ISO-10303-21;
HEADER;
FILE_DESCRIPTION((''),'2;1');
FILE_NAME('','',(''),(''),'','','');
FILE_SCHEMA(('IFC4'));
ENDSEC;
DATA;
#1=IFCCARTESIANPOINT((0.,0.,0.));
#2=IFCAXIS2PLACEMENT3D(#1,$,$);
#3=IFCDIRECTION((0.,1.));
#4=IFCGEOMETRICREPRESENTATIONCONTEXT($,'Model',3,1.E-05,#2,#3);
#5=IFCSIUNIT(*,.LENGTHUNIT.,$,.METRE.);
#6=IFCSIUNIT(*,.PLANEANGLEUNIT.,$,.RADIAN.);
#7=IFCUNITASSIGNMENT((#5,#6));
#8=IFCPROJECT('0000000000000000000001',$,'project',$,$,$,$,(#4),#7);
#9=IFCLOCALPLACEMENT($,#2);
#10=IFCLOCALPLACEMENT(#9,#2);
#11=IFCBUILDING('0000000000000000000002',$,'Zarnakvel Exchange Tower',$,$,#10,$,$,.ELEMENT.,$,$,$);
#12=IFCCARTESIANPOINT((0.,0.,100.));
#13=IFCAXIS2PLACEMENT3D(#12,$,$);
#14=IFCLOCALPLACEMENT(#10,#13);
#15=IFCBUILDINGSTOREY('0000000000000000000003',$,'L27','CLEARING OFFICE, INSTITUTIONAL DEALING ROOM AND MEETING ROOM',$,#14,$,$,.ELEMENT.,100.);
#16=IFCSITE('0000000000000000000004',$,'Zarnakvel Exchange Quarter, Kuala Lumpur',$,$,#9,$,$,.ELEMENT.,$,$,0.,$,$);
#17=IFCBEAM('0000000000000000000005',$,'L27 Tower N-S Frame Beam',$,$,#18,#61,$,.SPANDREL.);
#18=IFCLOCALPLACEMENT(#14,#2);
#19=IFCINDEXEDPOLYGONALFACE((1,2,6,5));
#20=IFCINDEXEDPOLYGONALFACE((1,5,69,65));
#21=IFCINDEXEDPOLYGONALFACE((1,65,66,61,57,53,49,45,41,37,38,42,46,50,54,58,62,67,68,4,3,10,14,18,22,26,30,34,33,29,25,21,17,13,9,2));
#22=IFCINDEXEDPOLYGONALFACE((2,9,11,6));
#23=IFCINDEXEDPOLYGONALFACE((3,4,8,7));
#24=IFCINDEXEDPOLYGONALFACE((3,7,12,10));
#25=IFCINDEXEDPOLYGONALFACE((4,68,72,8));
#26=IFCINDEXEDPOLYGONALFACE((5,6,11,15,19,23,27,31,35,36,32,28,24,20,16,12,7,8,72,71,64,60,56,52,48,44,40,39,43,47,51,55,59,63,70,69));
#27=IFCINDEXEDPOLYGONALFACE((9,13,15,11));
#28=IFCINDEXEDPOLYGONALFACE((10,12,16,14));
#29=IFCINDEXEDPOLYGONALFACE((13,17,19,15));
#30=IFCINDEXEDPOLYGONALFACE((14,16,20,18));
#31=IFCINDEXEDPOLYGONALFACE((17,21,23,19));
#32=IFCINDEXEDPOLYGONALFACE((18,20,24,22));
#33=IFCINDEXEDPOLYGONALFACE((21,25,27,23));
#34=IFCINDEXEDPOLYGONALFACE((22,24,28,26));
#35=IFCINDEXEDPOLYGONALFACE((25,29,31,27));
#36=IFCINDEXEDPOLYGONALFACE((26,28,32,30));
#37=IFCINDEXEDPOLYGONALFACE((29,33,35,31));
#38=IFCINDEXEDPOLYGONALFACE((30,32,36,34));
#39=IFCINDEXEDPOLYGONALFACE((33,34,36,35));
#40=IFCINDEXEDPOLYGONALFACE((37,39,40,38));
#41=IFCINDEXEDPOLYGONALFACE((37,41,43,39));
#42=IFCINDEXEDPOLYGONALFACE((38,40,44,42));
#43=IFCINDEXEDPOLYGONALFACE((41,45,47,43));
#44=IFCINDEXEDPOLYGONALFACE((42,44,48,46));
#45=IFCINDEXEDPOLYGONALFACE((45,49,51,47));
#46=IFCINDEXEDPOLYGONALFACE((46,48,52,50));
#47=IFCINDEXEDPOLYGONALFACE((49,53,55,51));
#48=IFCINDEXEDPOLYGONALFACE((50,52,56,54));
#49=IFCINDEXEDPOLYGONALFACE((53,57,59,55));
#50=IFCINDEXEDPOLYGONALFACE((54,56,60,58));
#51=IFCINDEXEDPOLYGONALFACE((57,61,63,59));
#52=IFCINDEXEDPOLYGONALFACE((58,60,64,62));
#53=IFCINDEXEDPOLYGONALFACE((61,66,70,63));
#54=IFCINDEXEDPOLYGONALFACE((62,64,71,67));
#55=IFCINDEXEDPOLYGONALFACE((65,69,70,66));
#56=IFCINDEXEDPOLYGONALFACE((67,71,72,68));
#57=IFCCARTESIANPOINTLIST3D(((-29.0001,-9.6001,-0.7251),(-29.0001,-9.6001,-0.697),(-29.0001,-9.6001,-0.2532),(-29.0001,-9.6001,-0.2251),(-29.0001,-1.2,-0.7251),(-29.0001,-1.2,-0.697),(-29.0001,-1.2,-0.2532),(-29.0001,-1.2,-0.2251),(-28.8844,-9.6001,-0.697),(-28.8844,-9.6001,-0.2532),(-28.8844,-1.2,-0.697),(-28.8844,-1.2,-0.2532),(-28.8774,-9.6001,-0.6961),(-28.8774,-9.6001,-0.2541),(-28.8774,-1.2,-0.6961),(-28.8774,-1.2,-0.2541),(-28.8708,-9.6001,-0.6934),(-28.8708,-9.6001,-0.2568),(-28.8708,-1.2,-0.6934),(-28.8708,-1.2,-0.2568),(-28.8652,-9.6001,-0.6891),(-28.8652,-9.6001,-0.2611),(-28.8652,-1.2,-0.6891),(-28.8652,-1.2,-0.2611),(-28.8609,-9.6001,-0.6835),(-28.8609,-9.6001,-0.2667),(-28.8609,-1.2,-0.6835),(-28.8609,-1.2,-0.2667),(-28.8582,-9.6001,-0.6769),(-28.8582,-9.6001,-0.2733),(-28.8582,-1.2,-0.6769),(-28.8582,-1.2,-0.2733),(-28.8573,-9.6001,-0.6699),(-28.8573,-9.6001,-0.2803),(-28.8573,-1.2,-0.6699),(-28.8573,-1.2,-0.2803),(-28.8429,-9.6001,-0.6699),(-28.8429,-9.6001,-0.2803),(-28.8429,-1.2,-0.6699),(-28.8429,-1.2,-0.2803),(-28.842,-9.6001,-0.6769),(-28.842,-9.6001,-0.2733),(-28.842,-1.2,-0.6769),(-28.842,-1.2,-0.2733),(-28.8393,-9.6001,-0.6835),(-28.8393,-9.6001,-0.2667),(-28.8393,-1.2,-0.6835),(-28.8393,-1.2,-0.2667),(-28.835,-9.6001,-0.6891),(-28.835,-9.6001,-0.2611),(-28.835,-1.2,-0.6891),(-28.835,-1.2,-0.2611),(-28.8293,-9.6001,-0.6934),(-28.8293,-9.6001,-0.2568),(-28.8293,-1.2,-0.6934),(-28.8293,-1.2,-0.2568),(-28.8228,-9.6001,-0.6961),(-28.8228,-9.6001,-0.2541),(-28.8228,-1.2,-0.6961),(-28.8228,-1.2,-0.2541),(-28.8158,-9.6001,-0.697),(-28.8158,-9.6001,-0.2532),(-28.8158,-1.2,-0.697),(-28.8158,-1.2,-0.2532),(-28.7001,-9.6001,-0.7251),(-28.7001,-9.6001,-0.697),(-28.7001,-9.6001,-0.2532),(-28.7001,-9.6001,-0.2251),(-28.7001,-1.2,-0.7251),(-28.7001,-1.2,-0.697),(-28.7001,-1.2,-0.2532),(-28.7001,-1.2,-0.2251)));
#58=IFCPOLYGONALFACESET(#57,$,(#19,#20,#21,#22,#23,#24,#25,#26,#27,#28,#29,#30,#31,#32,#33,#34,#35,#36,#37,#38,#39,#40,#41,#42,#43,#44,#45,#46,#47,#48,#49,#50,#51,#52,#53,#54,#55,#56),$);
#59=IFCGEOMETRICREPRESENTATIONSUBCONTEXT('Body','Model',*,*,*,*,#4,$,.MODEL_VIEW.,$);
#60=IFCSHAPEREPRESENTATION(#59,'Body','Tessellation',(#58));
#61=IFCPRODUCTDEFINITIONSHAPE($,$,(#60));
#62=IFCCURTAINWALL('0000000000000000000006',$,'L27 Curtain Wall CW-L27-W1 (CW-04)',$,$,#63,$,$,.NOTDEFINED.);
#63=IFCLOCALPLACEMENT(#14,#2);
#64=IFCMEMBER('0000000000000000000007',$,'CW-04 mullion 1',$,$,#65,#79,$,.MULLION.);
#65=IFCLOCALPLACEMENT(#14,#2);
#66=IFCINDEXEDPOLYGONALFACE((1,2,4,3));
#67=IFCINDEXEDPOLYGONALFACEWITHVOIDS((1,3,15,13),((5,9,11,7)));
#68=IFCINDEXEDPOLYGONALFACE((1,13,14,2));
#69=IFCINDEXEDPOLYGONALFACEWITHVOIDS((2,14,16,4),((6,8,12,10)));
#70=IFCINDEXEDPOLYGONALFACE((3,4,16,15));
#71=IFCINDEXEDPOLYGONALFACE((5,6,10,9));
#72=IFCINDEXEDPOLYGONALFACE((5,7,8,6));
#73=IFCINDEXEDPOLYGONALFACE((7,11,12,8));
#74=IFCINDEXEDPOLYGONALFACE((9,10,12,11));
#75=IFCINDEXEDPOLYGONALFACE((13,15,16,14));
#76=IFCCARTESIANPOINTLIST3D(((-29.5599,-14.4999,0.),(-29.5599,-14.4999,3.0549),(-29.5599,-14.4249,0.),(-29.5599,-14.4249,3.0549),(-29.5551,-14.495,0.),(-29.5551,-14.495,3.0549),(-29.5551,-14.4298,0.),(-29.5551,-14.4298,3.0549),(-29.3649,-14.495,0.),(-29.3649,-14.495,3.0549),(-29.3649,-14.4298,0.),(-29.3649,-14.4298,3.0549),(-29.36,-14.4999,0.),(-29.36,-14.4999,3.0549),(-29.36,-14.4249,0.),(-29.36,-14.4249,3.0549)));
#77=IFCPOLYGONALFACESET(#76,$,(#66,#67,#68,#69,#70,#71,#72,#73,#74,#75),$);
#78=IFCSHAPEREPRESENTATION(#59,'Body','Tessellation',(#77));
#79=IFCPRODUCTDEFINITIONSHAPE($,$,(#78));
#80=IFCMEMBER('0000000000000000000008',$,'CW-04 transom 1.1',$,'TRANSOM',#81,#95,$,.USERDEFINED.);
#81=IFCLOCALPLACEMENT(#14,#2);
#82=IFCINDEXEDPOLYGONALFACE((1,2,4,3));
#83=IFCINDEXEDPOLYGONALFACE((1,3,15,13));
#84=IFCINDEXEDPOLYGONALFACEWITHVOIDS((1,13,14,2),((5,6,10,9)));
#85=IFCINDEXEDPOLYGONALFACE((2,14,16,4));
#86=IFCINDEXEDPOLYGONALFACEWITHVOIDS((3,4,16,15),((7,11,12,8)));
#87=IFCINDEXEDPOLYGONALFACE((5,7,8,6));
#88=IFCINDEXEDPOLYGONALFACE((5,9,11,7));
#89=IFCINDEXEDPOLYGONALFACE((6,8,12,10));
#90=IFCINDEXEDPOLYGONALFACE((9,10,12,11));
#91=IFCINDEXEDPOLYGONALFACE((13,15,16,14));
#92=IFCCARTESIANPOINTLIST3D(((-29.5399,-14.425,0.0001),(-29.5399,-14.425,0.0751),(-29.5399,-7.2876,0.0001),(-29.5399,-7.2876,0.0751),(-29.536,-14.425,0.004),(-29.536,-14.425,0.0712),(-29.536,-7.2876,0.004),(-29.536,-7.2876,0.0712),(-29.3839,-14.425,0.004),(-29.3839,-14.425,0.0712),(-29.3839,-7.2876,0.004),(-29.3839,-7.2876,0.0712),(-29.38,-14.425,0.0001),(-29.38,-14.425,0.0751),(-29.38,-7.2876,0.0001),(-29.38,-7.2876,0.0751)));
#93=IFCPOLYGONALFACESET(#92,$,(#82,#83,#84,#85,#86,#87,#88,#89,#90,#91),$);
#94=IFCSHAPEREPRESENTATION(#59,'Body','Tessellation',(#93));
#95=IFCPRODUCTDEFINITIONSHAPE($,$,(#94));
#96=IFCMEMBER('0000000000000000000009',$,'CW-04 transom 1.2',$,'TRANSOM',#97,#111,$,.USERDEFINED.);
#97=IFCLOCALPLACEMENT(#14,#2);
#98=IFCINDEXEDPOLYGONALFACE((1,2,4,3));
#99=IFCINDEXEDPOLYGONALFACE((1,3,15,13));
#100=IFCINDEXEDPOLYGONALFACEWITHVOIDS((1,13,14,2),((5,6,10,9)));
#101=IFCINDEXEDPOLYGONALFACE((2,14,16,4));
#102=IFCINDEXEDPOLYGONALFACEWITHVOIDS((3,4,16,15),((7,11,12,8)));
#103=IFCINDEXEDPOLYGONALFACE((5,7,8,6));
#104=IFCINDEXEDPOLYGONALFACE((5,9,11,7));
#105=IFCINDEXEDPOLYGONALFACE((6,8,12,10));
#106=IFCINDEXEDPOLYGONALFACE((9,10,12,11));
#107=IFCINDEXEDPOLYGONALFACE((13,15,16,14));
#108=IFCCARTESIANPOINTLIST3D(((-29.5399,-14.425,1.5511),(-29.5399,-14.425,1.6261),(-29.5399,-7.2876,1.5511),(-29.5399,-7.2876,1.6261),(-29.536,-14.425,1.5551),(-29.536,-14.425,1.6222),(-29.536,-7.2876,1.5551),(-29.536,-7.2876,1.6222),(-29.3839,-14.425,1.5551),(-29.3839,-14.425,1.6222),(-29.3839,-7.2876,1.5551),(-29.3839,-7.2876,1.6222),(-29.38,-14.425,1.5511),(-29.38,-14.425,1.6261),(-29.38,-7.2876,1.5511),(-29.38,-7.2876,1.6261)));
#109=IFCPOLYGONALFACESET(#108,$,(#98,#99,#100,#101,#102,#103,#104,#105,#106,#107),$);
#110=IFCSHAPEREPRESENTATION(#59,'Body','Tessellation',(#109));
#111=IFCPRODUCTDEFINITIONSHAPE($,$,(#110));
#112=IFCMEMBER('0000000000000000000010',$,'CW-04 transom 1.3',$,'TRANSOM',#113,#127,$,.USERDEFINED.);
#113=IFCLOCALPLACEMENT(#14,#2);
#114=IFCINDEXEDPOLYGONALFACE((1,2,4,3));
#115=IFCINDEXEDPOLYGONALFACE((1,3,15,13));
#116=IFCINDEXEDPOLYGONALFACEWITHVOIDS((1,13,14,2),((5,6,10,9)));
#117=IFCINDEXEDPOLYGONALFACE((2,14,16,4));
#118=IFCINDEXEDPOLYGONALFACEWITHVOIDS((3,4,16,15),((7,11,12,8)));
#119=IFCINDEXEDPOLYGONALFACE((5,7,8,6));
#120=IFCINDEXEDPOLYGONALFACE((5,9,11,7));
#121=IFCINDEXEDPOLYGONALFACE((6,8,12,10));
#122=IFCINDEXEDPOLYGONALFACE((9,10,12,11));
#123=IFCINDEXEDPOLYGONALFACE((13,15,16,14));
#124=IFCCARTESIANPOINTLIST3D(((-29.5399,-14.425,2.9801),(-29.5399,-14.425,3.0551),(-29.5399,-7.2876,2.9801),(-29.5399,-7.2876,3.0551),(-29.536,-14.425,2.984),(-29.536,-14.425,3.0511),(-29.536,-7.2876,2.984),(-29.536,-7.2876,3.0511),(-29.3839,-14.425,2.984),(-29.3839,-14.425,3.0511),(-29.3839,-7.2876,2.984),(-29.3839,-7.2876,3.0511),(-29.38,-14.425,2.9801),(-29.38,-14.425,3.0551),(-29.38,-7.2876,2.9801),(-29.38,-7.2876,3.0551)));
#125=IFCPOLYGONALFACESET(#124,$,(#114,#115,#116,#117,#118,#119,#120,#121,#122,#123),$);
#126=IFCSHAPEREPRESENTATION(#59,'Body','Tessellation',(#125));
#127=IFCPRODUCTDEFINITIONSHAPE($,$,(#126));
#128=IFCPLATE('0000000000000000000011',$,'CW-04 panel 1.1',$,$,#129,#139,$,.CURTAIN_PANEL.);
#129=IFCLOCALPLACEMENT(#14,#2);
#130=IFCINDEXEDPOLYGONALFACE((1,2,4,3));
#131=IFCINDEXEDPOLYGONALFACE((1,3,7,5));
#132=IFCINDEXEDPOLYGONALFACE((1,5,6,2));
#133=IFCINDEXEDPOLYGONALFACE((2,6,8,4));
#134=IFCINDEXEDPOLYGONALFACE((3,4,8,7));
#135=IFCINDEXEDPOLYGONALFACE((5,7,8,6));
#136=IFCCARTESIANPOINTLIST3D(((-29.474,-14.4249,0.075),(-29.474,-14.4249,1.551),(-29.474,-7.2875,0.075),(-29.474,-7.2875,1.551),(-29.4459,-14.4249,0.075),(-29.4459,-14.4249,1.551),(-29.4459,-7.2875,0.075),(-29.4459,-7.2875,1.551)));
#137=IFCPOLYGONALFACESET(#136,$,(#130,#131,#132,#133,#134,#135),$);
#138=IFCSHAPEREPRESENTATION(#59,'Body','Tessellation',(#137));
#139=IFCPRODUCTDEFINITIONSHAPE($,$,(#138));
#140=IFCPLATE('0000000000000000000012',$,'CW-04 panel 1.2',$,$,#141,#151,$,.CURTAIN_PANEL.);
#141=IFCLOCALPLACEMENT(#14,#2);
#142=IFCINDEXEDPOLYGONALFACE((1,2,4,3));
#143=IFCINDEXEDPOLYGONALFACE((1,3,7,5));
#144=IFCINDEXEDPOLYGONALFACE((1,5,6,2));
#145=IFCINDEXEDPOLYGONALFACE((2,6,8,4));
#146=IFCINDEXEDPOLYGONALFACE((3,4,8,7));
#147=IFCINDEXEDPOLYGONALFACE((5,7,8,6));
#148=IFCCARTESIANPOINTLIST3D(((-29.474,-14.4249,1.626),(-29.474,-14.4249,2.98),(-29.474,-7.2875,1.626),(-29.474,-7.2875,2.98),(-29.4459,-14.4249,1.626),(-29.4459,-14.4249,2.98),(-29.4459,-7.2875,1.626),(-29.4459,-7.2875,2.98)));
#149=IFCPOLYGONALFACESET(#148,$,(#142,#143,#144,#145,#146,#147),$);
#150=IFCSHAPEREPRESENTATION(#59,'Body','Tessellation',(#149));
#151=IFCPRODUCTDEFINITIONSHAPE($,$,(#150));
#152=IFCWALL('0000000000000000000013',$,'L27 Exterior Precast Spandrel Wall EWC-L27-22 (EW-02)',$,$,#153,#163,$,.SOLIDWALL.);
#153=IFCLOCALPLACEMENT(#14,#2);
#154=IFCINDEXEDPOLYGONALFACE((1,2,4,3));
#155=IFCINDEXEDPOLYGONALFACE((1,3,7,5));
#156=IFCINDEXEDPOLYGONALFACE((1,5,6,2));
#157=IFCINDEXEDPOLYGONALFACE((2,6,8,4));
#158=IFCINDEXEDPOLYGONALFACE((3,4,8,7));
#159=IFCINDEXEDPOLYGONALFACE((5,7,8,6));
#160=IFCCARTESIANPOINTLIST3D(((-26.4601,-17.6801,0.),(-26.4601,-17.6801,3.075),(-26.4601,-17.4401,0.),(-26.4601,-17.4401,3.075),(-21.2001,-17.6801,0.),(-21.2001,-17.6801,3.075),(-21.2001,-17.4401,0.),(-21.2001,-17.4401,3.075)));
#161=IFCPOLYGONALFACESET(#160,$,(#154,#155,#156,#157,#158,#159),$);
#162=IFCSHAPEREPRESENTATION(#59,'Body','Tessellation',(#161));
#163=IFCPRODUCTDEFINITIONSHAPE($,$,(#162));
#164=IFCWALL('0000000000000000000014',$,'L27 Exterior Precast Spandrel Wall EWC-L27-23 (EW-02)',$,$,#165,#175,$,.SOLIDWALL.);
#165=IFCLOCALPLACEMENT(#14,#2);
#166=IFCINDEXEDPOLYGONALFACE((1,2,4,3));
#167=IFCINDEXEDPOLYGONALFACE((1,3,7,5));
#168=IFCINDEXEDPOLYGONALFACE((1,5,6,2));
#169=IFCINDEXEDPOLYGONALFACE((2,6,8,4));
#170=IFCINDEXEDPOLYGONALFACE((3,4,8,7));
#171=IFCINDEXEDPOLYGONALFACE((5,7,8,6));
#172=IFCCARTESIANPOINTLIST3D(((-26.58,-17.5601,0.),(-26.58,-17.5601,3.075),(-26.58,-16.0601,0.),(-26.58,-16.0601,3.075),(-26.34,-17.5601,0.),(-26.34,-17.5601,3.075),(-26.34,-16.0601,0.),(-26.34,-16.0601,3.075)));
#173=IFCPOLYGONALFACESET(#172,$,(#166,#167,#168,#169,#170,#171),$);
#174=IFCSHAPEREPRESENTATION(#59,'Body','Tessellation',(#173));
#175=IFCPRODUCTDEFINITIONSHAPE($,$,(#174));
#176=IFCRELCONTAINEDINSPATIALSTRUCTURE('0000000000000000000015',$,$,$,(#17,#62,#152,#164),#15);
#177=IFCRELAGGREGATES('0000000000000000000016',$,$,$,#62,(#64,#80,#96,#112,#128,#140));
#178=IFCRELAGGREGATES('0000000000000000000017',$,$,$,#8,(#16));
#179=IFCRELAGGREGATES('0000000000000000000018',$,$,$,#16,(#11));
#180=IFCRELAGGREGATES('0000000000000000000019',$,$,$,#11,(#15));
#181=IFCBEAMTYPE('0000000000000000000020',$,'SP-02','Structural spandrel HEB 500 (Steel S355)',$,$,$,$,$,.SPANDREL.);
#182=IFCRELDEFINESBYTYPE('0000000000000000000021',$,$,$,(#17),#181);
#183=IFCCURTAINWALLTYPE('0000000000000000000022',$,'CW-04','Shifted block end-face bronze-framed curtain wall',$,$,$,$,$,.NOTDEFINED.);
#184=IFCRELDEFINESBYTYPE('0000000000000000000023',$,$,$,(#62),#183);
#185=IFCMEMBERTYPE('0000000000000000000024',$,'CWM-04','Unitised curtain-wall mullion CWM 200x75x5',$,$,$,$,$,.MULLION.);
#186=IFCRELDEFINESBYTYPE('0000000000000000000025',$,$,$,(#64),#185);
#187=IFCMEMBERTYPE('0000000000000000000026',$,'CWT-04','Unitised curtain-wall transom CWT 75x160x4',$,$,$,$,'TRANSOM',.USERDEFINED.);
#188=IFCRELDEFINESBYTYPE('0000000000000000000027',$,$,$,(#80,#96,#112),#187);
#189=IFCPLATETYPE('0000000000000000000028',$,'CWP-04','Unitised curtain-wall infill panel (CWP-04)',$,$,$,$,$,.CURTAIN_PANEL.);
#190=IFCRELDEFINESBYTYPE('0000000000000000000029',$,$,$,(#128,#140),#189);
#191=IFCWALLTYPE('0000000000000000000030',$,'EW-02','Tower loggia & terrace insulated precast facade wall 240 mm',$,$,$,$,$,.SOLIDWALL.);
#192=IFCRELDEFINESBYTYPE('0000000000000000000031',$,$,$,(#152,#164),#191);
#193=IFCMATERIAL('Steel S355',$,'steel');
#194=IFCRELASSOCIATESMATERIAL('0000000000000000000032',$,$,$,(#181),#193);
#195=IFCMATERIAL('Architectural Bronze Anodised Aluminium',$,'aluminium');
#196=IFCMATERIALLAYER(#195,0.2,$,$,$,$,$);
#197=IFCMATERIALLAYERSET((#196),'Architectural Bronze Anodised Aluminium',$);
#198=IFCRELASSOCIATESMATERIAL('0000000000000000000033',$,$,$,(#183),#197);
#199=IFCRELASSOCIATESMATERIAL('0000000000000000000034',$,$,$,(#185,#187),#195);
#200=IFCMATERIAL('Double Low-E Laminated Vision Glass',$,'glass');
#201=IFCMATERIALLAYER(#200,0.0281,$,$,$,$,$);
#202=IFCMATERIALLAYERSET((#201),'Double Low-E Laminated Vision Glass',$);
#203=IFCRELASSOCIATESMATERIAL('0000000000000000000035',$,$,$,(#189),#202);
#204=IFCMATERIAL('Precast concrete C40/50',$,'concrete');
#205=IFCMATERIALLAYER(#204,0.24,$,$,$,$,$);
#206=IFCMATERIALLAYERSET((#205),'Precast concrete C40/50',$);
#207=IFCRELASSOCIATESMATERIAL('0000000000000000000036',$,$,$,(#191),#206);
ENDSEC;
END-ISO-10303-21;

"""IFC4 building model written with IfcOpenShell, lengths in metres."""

from ifc_helpers import new_model, si_unit, direction, frame, frame_2d, origin, origin_2d, place, context, subcontext, project, spatial, rectangle, hollow_rectangle, i_section, extrude, source, transform, mapped, material, layer, layer_set, material_profile, profile_set, type_object, element, aggregate, save


model = new_model("IFC4")

# Units and contexts
model_context = context("Model", 3, precision=1e-05, world=origin(), true_north=direction((0.0, 1.0)))
body_context = subcontext(model_context, "Body", "Model", "MODEL_VIEW")
ifc_project = project(units=[si_unit("LENGTHUNIT", "METRE"), si_unit("PLANEANGLEUNIT", "RADIAN")], contexts=[model_context])

# Site, building, storey
site_placement = place(None, origin())
site = spatial("IfcSite", under=ifc_project, at=site_placement, Name="Zarnakvel Exchange Quarter, Kuala Lumpur", CompositionType="ELEMENT", RefElevation=0.0)
building_placement = place(site_placement, origin())
building = spatial("IfcBuilding", under=site, at=building_placement, Name="Zarnakvel Exchange Tower", CompositionType="ELEMENT")
storey_placement = place(building_placement, frame((0.0, 0.0, 100.0)))
storey = spatial("IfcBuildingStorey", under=building, at=storey_placement, Name="L27", Description="CLEARING OFFICE, INSTITUTIONAL DEALING ROOM AND MEETING ROOM", CompositionType="ELEMENT", Elevation=100.0)

# Shared definitions
ifc_material_1 = material(Name="Steel S355", Category="steel")

# Beam
ifc_material_profile_1 = material_profile(ifc_material_1, i_section(OverallWidth=0.3, OverallDepth=0.5, WebThickness=0.0144, FlangeThickness=0.0281, FilletRadius=0.0271, at=origin_2d()))
ifc_profile_set_1 = profile_set([ifc_material_profile_1], Name="Steel S355")
beam_type_1 = type_object("IfcBeamType", Name="SP-02", Description="Structural spandrel HEB 500 (Steel S355)", PredefinedType="SPANDREL", material=ifc_profile_set_1)
beam_1_placement = place(storey_placement, frame((-28.8501, -9.6001, -0.4751), z_axis=(0.0, 1.0, 0.0), x_axis=(-1.0, 0.0, 0.0)))
element("IfcBeam", 1, at=beam_1_placement, inside=storey, type_object=beam_type_1, Name="L27 Tower N-S Frame Beam", PredefinedType="SPANDREL", context=body_context, shape_type="SweptSolid", body=[
    extrude(i_section(OverallWidth=0.3, OverallDepth=0.5, WebThickness=0.0144, FlangeThickness=0.0281, FilletRadius=0.0271, at=origin_2d()), origin(), (0.0, 0.0, 1.0), 8.4001),
])

# Curtain wall, members, plates
ifc_material_2 = material(Name="Architectural Bronze Anodised Aluminium", Category="aluminium")
ifc_layer_1 = layer(ifc_material_2, 0.2)
ifc_layer_set_1 = layer_set([ifc_layer_1], Name="Architectural Bronze Anodised Aluminium")
curtain_wall_type = type_object("IfcCurtainWallType", Name="CW-04", Description="Shifted block end-face bronze-framed curtain wall", PredefinedType="NOTDEFINED", material=ifc_layer_set_1)
curtain_wall_placement = place(storey_placement, origin())
curtain_wall = element("IfcCurtainWall", 2, at=curtain_wall_placement, inside=storey, type_object=curtain_wall_type, Name="L27 Curtain Wall CW-L27-W1 (CW-04)", PredefinedType="NOTDEFINED")
ifc_material_profile_2 = material_profile(ifc_material_2, hollow_rectangle(XDim=0.2, YDim=0.075, WallThickness=0.0049, at=origin_2d()))
ifc_profile_set_2 = profile_set([ifc_material_profile_2], Name="Architectural Bronze Anodised Aluminium")
member_type_1 = type_object("IfcMemberType", Name="CWM-04", Description="Unitised curtain-wall mullion CWM 200x75x5", PredefinedType="MULLION", material=ifc_profile_set_2)
shared_shape_1 = source(origin(), body_context, "Body", "SweptSolid", [
    extrude(hollow_rectangle(XDim=0.2, YDim=0.075, WallThickness=0.0049, at=origin_2d()), origin(), (0.0, 0.0, 1.0), 3.0549),
])
member_1_placement = place(storey_placement, frame((-29.46, -14.4624, 0.0), z_axis=(0.0, 0.0, 1.0), x_axis=(-1.0, 0.0, 0.0)))
member_1 = element("IfcMember", 3, at=member_1_placement, type_object=member_type_1, Name="CW-04 mullion 1", PredefinedType="MULLION", context=body_context, shape_type="MappedRepresentation", body=[
    mapped(shared_shape_1, transform((0.0, 0.0, 0.0), x_axis=(1.0, 0.0, 0.0), y_axis=(0.0, 1.0, 0.0), z_axis=(0.0, 0.0, 1.0), scale=1.0)),
])
ifc_material_profile_3 = material_profile(ifc_material_2, hollow_rectangle(XDim=0.1599, YDim=0.075, WallThickness=0.0039, at=origin_2d()))
ifc_profile_set_3 = profile_set([ifc_material_profile_3], Name="Architectural Bronze Anodised Aluminium")
member_type_2 = type_object("IfcMemberType", Name="CWT-04", Description="Unitised curtain-wall transom CWT 75x160x4", ElementType="TRANSOM", PredefinedType="USERDEFINED", material=ifc_profile_set_3)
shared_shape_2 = source(origin(), body_context, "Body", "SweptSolid", [
    extrude(hollow_rectangle(XDim=0.1599, YDim=0.075, WallThickness=0.0039, at=origin_2d()), origin(), (0.0, 0.0, 1.0), 7.1375),
])
member_2_placement = place(storey_placement, frame((-29.46, -14.425, 0.0376), z_axis=(0.0, 1.0, 0.0), x_axis=(-1.0, 0.0, 0.0)))
member_2 = element("IfcMember", 4, at=member_2_placement, type_object=member_type_2, Name="CW-04 transom 1.1", ObjectType="TRANSOM", PredefinedType="USERDEFINED", context=body_context, shape_type="MappedRepresentation", body=[
    mapped(shared_shape_2, transform((0.0, 0.0, 0.0), x_axis=(1.0, 0.0, 0.0), y_axis=(0.0, 1.0, 0.0), z_axis=(0.0, 0.0, 1.0), scale=1.0)),
])
member_3_placement = place(storey_placement, frame((-29.46, -14.425, 1.5886), z_axis=(0.0, 1.0, 0.0), x_axis=(-1.0, 0.0, 0.0)))
member_3 = element("IfcMember", 5, at=member_3_placement, type_object=member_type_2, Name="CW-04 transom 1.2", ObjectType="TRANSOM", PredefinedType="USERDEFINED", context=body_context, shape_type="MappedRepresentation", body=[
    mapped(shared_shape_2, transform((0.0, 0.0, 0.0), x_axis=(1.0, 0.0, 0.0), y_axis=(0.0, 1.0, 0.0), z_axis=(0.0, 0.0, 1.0), scale=1.0)),
])
member_4_placement = place(storey_placement, frame((-29.46, -14.425, 3.0176), z_axis=(0.0, 1.0, 0.0), x_axis=(-1.0, 0.0, 0.0)))
member_4 = element("IfcMember", 6, at=member_4_placement, type_object=member_type_2, Name="CW-04 transom 1.3", ObjectType="TRANSOM", PredefinedType="USERDEFINED", context=body_context, shape_type="MappedRepresentation", body=[
    mapped(shared_shape_2, transform((0.0, 0.0, 0.0), x_axis=(1.0, 0.0, 0.0), y_axis=(0.0, 1.0, 0.0), z_axis=(0.0, 0.0, 1.0), scale=1.0)),
])
ifc_material_3 = material(Name="Double Low-E Laminated Vision Glass", Category="glass")
ifc_layer_2 = layer(ifc_material_3, 0.0281)
ifc_layer_set_2 = layer_set([ifc_layer_2], Name="Double Low-E Laminated Vision Glass")
plate_type = type_object("IfcPlateType", Name="CWP-04", Description="Unitised curtain-wall infill panel (CWP-04)", PredefinedType="CURTAIN_PANEL", material=ifc_layer_set_2)
shared_shape_3 = source(origin(), body_context, "Body", "SweptSolid", [
    extrude(rectangle(XDim=7.1375, YDim=0.0281, at=origin_2d()), origin(), (0.0, 0.0, 1.0), 1.4761),
])
plate_1_placement = place(storey_placement, frame((-29.46, -10.8562, 0.075), z_axis=(0.0, 0.0, 1.0), x_axis=(0.0, 1.0, 0.0)))
plate_1 = element("IfcPlate", 7, at=plate_1_placement, type_object=plate_type, Name="CW-04 panel 1.1", PredefinedType="CURTAIN_PANEL", context=body_context, shape_type="MappedRepresentation", body=[
    mapped(shared_shape_3, transform((0.0, 0.0, 0.0), x_axis=(1.0, 0.0, 0.0), y_axis=(0.0, 1.0, 0.0), z_axis=(0.0, 0.0, 1.0), scale=1.0)),
])
shared_shape_4 = source(origin(), body_context, "Body", "SweptSolid", [
    extrude(rectangle(XDim=7.1375, YDim=0.0281, at=origin_2d()), origin(), (0.0, 0.0, 1.0), 1.354),
])
plate_2_placement = place(storey_placement, frame((-29.46, -10.8562, 1.626), z_axis=(0.0, 0.0, 1.0), x_axis=(0.0, 1.0, 0.0)))
plate_2 = element("IfcPlate", 8, at=plate_2_placement, type_object=plate_type, Name="CW-04 panel 1.2", PredefinedType="CURTAIN_PANEL", context=body_context, shape_type="MappedRepresentation", body=[
    mapped(shared_shape_4, transform((0.0, 0.0, 0.0), x_axis=(1.0, 0.0, 0.0), y_axis=(0.0, 1.0, 0.0), z_axis=(0.0, 0.0, 1.0), scale=1.0)),
])
aggregate(curtain_wall, [member_1, member_2, member_3, member_4, plate_1, plate_2])

# Walls
ifc_material_4 = material(Name="Precast concrete C40/50", Category="concrete")
ifc_layer_3 = layer(ifc_material_4, 0.24)
ifc_layer_set_3 = layer_set([ifc_layer_3], Name="Precast concrete C40/50")
wall_type_1 = type_object("IfcWallType", Name="EW-02", Description="Tower loggia & terrace insulated precast facade wall 240 mm", PredefinedType="SOLIDWALL", material=ifc_layer_set_3)
wall_1_placement = place(storey_placement, frame((-26.46, -17.5601, 0.0), z_axis=(0.0, 0.0, 1.0), x_axis=(1.0, 0.0, 0.0)))
element("IfcWall", 9, at=wall_1_placement, inside=storey, type_object=wall_type_1, Name="L27 Exterior Precast Spandrel Wall EWC-L27-22 (EW-02)", PredefinedType="SOLIDWALL", context=body_context, shape_type="SweptSolid", body=[
    extrude(rectangle(XDim=5.26, YDim=0.24, at=frame_2d((2.6299, 0.0))), origin(), (0.0, 0.0, 1.0), 3.075),
])
for number, where, z_axis, x_axis, name in (
    (10, (-26.46, -16.0601, 0.0), (0.0, 0.0, 1.0), (0.0, -1.0, 0.0), "L27 Exterior Precast Spandrel Wall EWC-L27-23 (EW-02)"),
):
    element("IfcWall", number, at=place(storey_placement, frame(where, z_axis=z_axis, x_axis=x_axis)), inside=storey, type_object=wall_type_1, Name=name, PredefinedType="SOLIDWALL", context=body_context, shape_type="SweptSolid", body=[
        extrude(rectangle(XDim=1.5, YDim=0.24, at=frame_2d((0.75, 0.0))), origin(), (0.0, 0.0, 1.0), 3.075),
    ])

save(model, "model.ifc")
